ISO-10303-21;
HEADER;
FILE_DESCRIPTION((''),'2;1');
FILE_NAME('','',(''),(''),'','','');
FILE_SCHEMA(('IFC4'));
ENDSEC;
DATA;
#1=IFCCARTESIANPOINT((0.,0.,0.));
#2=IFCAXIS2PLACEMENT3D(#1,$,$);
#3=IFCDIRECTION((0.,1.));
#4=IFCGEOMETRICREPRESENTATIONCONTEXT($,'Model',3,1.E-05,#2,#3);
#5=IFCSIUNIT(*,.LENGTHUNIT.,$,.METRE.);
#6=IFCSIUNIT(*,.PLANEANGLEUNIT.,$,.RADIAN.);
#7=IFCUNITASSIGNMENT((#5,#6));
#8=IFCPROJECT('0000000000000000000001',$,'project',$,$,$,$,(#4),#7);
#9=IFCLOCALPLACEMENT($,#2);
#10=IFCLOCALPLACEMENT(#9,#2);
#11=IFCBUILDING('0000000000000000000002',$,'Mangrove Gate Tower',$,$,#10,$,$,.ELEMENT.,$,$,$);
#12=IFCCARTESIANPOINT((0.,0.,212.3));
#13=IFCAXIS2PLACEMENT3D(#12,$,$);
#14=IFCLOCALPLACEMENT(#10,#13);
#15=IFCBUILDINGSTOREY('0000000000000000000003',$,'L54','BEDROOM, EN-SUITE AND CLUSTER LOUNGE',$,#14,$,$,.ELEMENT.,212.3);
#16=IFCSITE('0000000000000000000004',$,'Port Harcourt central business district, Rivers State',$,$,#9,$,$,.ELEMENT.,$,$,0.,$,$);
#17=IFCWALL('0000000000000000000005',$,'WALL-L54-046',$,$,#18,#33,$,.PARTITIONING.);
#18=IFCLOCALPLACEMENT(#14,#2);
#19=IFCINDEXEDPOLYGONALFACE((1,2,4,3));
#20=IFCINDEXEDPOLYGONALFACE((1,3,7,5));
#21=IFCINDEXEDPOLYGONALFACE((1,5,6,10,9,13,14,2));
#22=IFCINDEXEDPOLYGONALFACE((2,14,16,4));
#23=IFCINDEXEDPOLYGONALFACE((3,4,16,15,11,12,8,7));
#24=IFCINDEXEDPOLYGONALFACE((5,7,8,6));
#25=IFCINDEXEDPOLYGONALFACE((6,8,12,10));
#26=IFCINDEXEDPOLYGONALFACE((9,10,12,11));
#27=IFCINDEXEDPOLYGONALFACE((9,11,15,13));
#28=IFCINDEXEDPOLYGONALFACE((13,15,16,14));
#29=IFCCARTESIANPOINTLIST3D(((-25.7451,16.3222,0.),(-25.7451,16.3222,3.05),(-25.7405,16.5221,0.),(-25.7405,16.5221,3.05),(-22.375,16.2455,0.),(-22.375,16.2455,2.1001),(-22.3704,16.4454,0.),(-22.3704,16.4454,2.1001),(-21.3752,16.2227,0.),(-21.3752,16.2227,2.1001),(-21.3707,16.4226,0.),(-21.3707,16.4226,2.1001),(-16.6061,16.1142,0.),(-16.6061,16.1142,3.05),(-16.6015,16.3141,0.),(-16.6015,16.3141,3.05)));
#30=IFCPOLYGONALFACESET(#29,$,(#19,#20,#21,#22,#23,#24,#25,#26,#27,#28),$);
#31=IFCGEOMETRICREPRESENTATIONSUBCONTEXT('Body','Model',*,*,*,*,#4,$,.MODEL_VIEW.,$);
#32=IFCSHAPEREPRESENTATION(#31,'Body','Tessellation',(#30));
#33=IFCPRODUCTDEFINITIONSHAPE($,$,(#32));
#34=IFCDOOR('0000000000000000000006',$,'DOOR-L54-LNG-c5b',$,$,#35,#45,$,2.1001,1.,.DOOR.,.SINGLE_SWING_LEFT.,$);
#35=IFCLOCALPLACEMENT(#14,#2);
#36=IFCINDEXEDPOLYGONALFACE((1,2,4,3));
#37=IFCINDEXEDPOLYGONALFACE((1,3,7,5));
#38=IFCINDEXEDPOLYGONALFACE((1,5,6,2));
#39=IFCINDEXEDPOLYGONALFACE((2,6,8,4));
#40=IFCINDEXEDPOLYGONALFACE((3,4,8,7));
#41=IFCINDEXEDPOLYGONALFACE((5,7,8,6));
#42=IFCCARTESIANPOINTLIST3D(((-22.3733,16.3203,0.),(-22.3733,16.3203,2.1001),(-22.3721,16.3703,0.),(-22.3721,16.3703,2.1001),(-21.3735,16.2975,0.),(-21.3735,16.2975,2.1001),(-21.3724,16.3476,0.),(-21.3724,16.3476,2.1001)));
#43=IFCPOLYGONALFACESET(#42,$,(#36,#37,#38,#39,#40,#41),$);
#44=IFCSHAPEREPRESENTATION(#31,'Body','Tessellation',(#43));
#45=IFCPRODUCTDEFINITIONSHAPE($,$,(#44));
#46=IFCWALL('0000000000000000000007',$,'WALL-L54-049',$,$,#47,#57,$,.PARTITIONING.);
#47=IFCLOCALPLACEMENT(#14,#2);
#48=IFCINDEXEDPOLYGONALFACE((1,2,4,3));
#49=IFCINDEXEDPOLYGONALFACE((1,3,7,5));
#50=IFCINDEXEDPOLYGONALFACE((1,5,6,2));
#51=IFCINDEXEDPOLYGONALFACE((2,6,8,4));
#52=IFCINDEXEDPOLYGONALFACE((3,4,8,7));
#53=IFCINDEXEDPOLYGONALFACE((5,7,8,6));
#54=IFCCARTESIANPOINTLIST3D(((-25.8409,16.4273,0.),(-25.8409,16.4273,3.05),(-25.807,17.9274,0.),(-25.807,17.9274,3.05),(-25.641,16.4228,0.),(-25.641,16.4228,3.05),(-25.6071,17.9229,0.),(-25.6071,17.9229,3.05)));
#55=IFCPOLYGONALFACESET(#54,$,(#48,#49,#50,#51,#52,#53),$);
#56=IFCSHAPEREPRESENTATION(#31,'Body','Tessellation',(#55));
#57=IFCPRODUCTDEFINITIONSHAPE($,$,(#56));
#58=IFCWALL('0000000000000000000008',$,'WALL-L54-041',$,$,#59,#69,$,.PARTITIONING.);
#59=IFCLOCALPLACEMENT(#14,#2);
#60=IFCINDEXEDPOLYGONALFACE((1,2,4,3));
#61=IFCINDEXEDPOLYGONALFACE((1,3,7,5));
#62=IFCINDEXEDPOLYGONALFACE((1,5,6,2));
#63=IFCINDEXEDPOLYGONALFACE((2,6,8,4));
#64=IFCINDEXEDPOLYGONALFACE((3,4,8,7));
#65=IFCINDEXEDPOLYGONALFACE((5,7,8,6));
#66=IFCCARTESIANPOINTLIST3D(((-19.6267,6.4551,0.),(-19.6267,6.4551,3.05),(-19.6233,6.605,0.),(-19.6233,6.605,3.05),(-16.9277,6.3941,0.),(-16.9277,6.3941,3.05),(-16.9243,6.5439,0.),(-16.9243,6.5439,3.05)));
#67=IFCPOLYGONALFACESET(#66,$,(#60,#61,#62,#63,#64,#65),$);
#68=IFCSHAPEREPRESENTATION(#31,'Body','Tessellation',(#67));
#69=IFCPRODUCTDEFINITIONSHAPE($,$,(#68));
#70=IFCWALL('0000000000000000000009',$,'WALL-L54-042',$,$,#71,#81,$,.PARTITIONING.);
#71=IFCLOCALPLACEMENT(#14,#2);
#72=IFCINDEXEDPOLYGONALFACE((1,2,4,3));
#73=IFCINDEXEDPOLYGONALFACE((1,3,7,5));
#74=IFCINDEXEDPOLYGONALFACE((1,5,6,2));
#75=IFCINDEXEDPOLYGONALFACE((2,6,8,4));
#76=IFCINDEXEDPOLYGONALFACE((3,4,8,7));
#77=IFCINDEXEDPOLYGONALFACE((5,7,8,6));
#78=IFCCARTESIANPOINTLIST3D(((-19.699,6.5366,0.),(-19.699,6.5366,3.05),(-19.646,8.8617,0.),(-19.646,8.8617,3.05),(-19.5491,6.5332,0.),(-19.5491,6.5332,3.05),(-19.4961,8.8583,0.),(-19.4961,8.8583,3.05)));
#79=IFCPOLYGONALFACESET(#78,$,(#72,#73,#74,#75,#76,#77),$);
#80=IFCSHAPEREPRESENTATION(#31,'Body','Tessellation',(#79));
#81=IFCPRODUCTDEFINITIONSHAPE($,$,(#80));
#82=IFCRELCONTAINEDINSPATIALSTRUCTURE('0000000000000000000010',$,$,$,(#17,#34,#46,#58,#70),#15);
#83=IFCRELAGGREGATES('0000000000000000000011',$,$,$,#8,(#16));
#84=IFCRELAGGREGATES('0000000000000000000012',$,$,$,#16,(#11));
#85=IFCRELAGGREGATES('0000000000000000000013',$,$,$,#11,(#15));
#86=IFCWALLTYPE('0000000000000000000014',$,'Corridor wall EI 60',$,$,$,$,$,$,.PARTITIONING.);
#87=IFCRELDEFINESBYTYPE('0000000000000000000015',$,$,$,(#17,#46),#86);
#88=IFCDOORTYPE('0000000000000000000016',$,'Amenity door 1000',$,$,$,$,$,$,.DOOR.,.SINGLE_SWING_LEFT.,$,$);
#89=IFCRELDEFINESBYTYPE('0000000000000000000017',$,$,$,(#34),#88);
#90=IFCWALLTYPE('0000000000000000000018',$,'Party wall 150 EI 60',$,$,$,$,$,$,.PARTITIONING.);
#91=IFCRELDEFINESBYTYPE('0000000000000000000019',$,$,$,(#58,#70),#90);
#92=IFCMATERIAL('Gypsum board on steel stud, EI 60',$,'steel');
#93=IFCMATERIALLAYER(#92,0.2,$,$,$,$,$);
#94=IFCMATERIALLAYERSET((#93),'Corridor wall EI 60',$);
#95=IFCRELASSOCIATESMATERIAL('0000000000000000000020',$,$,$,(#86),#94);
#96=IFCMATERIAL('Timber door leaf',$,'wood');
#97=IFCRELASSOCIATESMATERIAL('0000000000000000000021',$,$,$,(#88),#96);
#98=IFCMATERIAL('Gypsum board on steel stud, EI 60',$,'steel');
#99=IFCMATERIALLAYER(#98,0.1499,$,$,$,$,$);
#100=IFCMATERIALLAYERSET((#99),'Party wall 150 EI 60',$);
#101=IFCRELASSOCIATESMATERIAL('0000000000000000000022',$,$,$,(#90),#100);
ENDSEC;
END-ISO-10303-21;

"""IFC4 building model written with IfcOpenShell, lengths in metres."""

from ifc_helpers import new_model, si_unit, direction, frame, frame_2d, origin, place, context, subcontext, project, spatial, rectangle, extrude, material, layer, layer_set, type_object, element, fill, save


model = new_model("IFC4")

# Units and contexts
model_context = context("Model", 3, precision=1e-05, world=origin(), true_north=direction((0.0, 1.0)))
body_context = subcontext(model_context, "Body", "Model", "MODEL_VIEW")
ifc_project = project(units=[si_unit("LENGTHUNIT", "METRE"), si_unit("PLANEANGLEUNIT", "RADIAN")], contexts=[model_context])

# Site, building, storey
site_placement = place(None, origin())
site = spatial("IfcSite", under=ifc_project, at=site_placement, Name="Port Harcourt central business district, Rivers State", CompositionType="ELEMENT", RefElevation=0.0)
building_placement = place(site_placement, origin())
building = spatial("IfcBuilding", under=site, at=building_placement, Name="Mangrove Gate Tower", CompositionType="ELEMENT")
storey_placement = place(building_placement, frame((0.0, 0.0, 212.3)))
storey = spatial("IfcBuildingStorey", under=building, at=storey_placement, Name="L54", Description="BEDROOM, EN-SUITE AND CLUSTER LOUNGE", CompositionType="ELEMENT", Elevation=212.3)

# Wall, opening, door
ifc_material_1 = material(Name="Gypsum board on steel stud, EI 60", Category="steel")
ifc_layer_1 = layer(ifc_material_1, 0.2)
ifc_layer_set_1 = layer_set([ifc_layer_1], Name="Corridor wall EI 60")
wall_type_1 = type_object("IfcWallType", Name="Corridor wall EI 60", PredefinedType="PARTITIONING", material=ifc_layer_set_1)
wall_1_placement = place(storey_placement, frame((-25.7429, 16.4221, 0.0), z_axis=(0.0, 0.0, 1.0), x_axis=(0.999741, -0.022755, 0.0)))
wall_1 = element("IfcWall", 1, at=wall_1_placement, inside=storey, type_object=wall_type_1, Name="WALL-L54-046", PredefinedType="PARTITIONING", context=body_context, shape_type="SweptSolid", body=[
    extrude(rectangle(XDim=9.1414, YDim=0.2, at=frame_2d((4.5708, 0.0))), origin(), (0.0, 0.0, 1.0), 3.05),
])
opening_1_placement = place(wall_1_placement, frame((3.3711, 0.0, 0.0)))
opening_1 = element("IfcOpeningElement", 2, at=opening_1_placement, cuts=wall_1, PredefinedType="OPENING", context=body_context, shape_type="SweptSolid", body=[
    extrude(rectangle(XDim=1.0, YDim=2.1001, at=frame_2d((0.5, 1.05))), frame((0.0, 0.1099, 0.0), z_axis=(0.0, -1.0, 0.0), x_axis=(1.0, 0.0, 0.0)), (0.0, 0.0, 1.0), 0.22),
])
ifc_material_2 = material(Name="Timber door leaf", Category="wood")
door_type_1 = type_object("IfcDoorType", Name="Amenity door 1000", OperationType="SINGLE_SWING_LEFT", PredefinedType="DOOR", material=ifc_material_2)
door_1_placement = place(opening_1_placement, origin())
door_1 = element("IfcDoor", 3, at=door_1_placement, inside=storey, type_object=door_type_1, Name="DOOR-L54-LNG-c5b", OperationType="SINGLE_SWING_LEFT", OverallHeight=2.1001, OverallWidth=1.0, PredefinedType="DOOR", context=body_context, shape_type="SweptSolid", body=[
    extrude(rectangle(XDim=1.0, YDim=2.1001, at=frame_2d((0.5, 1.05))), frame((0.0, 0.0249, 0.0), z_axis=(0.0, -1.0, 0.0), x_axis=(1.0, 0.0, 0.0)), (0.0, 0.0, 1.0), 0.05),
])
fill(opening_1, door_1)

# Walls
wall_2_placement = place(storey_placement, frame((-25.741, 16.425, 0.0), z_axis=(0.0, 0.0, 1.0), x_axis=(0.022618, 0.999744, 0.0)))
element("IfcWall", 4, at=wall_2_placement, inside=storey, type_object=wall_type_1, Name="WALL-L54-049", PredefinedType="PARTITIONING", context=body_context, shape_type="SweptSolid", body=[
    extrude(rectangle(XDim=1.5005, YDim=0.2, at=frame_2d((0.7502, 0.0))), origin(), (0.0, 0.0, 1.0), 3.05),
])
ifc_material_3 = material(Name="Gypsum board on steel stud, EI 60", Category="steel")
ifc_layer_2 = layer(ifc_material_3, 0.1499)
ifc_layer_set_2 = layer_set([ifc_layer_2], Name="Party wall 150 EI 60")
wall_type_2 = type_object("IfcWallType", Name="Party wall 150 EI 60", PredefinedType="PARTITIONING", material=ifc_layer_set_2)
wall_3_placement = place(storey_placement, frame((-19.625, 6.53, 0.0), z_axis=(0.0, 0.0, 1.0), x_axis=(0.999744, -0.022608, 0.0)))
element("IfcWall", 5, at=wall_3_placement, inside=storey, type_object=wall_type_2, Name="WALL-L54-041", PredefinedType="PARTITIONING", context=body_context, shape_type="SweptSolid", body=[
    extrude(rectangle(XDim=2.6997, YDim=0.1499, at=frame_2d((1.3499, 0.0))), origin(), (0.0, 0.0, 1.0), 3.05),
])
wall_4_placement = place(storey_placement, frame((-19.624, 6.5349, 0.0), z_axis=(0.0, 0.0, 1.0), x_axis=(0.022779, 0.999741, 0.0)))
element("IfcWall", 6, at=wall_4_placement, inside=storey, type_object=wall_type_2, Name="WALL-L54-042", PredefinedType="PARTITIONING", context=body_context, shape_type="SweptSolid", body=[
    extrude(rectangle(XDim=2.3257, YDim=0.1499, at=frame_2d((1.1628, 0.0))), origin(), (0.0, 0.0, 1.0), 3.05),
])

save(model, "model.ifc")
